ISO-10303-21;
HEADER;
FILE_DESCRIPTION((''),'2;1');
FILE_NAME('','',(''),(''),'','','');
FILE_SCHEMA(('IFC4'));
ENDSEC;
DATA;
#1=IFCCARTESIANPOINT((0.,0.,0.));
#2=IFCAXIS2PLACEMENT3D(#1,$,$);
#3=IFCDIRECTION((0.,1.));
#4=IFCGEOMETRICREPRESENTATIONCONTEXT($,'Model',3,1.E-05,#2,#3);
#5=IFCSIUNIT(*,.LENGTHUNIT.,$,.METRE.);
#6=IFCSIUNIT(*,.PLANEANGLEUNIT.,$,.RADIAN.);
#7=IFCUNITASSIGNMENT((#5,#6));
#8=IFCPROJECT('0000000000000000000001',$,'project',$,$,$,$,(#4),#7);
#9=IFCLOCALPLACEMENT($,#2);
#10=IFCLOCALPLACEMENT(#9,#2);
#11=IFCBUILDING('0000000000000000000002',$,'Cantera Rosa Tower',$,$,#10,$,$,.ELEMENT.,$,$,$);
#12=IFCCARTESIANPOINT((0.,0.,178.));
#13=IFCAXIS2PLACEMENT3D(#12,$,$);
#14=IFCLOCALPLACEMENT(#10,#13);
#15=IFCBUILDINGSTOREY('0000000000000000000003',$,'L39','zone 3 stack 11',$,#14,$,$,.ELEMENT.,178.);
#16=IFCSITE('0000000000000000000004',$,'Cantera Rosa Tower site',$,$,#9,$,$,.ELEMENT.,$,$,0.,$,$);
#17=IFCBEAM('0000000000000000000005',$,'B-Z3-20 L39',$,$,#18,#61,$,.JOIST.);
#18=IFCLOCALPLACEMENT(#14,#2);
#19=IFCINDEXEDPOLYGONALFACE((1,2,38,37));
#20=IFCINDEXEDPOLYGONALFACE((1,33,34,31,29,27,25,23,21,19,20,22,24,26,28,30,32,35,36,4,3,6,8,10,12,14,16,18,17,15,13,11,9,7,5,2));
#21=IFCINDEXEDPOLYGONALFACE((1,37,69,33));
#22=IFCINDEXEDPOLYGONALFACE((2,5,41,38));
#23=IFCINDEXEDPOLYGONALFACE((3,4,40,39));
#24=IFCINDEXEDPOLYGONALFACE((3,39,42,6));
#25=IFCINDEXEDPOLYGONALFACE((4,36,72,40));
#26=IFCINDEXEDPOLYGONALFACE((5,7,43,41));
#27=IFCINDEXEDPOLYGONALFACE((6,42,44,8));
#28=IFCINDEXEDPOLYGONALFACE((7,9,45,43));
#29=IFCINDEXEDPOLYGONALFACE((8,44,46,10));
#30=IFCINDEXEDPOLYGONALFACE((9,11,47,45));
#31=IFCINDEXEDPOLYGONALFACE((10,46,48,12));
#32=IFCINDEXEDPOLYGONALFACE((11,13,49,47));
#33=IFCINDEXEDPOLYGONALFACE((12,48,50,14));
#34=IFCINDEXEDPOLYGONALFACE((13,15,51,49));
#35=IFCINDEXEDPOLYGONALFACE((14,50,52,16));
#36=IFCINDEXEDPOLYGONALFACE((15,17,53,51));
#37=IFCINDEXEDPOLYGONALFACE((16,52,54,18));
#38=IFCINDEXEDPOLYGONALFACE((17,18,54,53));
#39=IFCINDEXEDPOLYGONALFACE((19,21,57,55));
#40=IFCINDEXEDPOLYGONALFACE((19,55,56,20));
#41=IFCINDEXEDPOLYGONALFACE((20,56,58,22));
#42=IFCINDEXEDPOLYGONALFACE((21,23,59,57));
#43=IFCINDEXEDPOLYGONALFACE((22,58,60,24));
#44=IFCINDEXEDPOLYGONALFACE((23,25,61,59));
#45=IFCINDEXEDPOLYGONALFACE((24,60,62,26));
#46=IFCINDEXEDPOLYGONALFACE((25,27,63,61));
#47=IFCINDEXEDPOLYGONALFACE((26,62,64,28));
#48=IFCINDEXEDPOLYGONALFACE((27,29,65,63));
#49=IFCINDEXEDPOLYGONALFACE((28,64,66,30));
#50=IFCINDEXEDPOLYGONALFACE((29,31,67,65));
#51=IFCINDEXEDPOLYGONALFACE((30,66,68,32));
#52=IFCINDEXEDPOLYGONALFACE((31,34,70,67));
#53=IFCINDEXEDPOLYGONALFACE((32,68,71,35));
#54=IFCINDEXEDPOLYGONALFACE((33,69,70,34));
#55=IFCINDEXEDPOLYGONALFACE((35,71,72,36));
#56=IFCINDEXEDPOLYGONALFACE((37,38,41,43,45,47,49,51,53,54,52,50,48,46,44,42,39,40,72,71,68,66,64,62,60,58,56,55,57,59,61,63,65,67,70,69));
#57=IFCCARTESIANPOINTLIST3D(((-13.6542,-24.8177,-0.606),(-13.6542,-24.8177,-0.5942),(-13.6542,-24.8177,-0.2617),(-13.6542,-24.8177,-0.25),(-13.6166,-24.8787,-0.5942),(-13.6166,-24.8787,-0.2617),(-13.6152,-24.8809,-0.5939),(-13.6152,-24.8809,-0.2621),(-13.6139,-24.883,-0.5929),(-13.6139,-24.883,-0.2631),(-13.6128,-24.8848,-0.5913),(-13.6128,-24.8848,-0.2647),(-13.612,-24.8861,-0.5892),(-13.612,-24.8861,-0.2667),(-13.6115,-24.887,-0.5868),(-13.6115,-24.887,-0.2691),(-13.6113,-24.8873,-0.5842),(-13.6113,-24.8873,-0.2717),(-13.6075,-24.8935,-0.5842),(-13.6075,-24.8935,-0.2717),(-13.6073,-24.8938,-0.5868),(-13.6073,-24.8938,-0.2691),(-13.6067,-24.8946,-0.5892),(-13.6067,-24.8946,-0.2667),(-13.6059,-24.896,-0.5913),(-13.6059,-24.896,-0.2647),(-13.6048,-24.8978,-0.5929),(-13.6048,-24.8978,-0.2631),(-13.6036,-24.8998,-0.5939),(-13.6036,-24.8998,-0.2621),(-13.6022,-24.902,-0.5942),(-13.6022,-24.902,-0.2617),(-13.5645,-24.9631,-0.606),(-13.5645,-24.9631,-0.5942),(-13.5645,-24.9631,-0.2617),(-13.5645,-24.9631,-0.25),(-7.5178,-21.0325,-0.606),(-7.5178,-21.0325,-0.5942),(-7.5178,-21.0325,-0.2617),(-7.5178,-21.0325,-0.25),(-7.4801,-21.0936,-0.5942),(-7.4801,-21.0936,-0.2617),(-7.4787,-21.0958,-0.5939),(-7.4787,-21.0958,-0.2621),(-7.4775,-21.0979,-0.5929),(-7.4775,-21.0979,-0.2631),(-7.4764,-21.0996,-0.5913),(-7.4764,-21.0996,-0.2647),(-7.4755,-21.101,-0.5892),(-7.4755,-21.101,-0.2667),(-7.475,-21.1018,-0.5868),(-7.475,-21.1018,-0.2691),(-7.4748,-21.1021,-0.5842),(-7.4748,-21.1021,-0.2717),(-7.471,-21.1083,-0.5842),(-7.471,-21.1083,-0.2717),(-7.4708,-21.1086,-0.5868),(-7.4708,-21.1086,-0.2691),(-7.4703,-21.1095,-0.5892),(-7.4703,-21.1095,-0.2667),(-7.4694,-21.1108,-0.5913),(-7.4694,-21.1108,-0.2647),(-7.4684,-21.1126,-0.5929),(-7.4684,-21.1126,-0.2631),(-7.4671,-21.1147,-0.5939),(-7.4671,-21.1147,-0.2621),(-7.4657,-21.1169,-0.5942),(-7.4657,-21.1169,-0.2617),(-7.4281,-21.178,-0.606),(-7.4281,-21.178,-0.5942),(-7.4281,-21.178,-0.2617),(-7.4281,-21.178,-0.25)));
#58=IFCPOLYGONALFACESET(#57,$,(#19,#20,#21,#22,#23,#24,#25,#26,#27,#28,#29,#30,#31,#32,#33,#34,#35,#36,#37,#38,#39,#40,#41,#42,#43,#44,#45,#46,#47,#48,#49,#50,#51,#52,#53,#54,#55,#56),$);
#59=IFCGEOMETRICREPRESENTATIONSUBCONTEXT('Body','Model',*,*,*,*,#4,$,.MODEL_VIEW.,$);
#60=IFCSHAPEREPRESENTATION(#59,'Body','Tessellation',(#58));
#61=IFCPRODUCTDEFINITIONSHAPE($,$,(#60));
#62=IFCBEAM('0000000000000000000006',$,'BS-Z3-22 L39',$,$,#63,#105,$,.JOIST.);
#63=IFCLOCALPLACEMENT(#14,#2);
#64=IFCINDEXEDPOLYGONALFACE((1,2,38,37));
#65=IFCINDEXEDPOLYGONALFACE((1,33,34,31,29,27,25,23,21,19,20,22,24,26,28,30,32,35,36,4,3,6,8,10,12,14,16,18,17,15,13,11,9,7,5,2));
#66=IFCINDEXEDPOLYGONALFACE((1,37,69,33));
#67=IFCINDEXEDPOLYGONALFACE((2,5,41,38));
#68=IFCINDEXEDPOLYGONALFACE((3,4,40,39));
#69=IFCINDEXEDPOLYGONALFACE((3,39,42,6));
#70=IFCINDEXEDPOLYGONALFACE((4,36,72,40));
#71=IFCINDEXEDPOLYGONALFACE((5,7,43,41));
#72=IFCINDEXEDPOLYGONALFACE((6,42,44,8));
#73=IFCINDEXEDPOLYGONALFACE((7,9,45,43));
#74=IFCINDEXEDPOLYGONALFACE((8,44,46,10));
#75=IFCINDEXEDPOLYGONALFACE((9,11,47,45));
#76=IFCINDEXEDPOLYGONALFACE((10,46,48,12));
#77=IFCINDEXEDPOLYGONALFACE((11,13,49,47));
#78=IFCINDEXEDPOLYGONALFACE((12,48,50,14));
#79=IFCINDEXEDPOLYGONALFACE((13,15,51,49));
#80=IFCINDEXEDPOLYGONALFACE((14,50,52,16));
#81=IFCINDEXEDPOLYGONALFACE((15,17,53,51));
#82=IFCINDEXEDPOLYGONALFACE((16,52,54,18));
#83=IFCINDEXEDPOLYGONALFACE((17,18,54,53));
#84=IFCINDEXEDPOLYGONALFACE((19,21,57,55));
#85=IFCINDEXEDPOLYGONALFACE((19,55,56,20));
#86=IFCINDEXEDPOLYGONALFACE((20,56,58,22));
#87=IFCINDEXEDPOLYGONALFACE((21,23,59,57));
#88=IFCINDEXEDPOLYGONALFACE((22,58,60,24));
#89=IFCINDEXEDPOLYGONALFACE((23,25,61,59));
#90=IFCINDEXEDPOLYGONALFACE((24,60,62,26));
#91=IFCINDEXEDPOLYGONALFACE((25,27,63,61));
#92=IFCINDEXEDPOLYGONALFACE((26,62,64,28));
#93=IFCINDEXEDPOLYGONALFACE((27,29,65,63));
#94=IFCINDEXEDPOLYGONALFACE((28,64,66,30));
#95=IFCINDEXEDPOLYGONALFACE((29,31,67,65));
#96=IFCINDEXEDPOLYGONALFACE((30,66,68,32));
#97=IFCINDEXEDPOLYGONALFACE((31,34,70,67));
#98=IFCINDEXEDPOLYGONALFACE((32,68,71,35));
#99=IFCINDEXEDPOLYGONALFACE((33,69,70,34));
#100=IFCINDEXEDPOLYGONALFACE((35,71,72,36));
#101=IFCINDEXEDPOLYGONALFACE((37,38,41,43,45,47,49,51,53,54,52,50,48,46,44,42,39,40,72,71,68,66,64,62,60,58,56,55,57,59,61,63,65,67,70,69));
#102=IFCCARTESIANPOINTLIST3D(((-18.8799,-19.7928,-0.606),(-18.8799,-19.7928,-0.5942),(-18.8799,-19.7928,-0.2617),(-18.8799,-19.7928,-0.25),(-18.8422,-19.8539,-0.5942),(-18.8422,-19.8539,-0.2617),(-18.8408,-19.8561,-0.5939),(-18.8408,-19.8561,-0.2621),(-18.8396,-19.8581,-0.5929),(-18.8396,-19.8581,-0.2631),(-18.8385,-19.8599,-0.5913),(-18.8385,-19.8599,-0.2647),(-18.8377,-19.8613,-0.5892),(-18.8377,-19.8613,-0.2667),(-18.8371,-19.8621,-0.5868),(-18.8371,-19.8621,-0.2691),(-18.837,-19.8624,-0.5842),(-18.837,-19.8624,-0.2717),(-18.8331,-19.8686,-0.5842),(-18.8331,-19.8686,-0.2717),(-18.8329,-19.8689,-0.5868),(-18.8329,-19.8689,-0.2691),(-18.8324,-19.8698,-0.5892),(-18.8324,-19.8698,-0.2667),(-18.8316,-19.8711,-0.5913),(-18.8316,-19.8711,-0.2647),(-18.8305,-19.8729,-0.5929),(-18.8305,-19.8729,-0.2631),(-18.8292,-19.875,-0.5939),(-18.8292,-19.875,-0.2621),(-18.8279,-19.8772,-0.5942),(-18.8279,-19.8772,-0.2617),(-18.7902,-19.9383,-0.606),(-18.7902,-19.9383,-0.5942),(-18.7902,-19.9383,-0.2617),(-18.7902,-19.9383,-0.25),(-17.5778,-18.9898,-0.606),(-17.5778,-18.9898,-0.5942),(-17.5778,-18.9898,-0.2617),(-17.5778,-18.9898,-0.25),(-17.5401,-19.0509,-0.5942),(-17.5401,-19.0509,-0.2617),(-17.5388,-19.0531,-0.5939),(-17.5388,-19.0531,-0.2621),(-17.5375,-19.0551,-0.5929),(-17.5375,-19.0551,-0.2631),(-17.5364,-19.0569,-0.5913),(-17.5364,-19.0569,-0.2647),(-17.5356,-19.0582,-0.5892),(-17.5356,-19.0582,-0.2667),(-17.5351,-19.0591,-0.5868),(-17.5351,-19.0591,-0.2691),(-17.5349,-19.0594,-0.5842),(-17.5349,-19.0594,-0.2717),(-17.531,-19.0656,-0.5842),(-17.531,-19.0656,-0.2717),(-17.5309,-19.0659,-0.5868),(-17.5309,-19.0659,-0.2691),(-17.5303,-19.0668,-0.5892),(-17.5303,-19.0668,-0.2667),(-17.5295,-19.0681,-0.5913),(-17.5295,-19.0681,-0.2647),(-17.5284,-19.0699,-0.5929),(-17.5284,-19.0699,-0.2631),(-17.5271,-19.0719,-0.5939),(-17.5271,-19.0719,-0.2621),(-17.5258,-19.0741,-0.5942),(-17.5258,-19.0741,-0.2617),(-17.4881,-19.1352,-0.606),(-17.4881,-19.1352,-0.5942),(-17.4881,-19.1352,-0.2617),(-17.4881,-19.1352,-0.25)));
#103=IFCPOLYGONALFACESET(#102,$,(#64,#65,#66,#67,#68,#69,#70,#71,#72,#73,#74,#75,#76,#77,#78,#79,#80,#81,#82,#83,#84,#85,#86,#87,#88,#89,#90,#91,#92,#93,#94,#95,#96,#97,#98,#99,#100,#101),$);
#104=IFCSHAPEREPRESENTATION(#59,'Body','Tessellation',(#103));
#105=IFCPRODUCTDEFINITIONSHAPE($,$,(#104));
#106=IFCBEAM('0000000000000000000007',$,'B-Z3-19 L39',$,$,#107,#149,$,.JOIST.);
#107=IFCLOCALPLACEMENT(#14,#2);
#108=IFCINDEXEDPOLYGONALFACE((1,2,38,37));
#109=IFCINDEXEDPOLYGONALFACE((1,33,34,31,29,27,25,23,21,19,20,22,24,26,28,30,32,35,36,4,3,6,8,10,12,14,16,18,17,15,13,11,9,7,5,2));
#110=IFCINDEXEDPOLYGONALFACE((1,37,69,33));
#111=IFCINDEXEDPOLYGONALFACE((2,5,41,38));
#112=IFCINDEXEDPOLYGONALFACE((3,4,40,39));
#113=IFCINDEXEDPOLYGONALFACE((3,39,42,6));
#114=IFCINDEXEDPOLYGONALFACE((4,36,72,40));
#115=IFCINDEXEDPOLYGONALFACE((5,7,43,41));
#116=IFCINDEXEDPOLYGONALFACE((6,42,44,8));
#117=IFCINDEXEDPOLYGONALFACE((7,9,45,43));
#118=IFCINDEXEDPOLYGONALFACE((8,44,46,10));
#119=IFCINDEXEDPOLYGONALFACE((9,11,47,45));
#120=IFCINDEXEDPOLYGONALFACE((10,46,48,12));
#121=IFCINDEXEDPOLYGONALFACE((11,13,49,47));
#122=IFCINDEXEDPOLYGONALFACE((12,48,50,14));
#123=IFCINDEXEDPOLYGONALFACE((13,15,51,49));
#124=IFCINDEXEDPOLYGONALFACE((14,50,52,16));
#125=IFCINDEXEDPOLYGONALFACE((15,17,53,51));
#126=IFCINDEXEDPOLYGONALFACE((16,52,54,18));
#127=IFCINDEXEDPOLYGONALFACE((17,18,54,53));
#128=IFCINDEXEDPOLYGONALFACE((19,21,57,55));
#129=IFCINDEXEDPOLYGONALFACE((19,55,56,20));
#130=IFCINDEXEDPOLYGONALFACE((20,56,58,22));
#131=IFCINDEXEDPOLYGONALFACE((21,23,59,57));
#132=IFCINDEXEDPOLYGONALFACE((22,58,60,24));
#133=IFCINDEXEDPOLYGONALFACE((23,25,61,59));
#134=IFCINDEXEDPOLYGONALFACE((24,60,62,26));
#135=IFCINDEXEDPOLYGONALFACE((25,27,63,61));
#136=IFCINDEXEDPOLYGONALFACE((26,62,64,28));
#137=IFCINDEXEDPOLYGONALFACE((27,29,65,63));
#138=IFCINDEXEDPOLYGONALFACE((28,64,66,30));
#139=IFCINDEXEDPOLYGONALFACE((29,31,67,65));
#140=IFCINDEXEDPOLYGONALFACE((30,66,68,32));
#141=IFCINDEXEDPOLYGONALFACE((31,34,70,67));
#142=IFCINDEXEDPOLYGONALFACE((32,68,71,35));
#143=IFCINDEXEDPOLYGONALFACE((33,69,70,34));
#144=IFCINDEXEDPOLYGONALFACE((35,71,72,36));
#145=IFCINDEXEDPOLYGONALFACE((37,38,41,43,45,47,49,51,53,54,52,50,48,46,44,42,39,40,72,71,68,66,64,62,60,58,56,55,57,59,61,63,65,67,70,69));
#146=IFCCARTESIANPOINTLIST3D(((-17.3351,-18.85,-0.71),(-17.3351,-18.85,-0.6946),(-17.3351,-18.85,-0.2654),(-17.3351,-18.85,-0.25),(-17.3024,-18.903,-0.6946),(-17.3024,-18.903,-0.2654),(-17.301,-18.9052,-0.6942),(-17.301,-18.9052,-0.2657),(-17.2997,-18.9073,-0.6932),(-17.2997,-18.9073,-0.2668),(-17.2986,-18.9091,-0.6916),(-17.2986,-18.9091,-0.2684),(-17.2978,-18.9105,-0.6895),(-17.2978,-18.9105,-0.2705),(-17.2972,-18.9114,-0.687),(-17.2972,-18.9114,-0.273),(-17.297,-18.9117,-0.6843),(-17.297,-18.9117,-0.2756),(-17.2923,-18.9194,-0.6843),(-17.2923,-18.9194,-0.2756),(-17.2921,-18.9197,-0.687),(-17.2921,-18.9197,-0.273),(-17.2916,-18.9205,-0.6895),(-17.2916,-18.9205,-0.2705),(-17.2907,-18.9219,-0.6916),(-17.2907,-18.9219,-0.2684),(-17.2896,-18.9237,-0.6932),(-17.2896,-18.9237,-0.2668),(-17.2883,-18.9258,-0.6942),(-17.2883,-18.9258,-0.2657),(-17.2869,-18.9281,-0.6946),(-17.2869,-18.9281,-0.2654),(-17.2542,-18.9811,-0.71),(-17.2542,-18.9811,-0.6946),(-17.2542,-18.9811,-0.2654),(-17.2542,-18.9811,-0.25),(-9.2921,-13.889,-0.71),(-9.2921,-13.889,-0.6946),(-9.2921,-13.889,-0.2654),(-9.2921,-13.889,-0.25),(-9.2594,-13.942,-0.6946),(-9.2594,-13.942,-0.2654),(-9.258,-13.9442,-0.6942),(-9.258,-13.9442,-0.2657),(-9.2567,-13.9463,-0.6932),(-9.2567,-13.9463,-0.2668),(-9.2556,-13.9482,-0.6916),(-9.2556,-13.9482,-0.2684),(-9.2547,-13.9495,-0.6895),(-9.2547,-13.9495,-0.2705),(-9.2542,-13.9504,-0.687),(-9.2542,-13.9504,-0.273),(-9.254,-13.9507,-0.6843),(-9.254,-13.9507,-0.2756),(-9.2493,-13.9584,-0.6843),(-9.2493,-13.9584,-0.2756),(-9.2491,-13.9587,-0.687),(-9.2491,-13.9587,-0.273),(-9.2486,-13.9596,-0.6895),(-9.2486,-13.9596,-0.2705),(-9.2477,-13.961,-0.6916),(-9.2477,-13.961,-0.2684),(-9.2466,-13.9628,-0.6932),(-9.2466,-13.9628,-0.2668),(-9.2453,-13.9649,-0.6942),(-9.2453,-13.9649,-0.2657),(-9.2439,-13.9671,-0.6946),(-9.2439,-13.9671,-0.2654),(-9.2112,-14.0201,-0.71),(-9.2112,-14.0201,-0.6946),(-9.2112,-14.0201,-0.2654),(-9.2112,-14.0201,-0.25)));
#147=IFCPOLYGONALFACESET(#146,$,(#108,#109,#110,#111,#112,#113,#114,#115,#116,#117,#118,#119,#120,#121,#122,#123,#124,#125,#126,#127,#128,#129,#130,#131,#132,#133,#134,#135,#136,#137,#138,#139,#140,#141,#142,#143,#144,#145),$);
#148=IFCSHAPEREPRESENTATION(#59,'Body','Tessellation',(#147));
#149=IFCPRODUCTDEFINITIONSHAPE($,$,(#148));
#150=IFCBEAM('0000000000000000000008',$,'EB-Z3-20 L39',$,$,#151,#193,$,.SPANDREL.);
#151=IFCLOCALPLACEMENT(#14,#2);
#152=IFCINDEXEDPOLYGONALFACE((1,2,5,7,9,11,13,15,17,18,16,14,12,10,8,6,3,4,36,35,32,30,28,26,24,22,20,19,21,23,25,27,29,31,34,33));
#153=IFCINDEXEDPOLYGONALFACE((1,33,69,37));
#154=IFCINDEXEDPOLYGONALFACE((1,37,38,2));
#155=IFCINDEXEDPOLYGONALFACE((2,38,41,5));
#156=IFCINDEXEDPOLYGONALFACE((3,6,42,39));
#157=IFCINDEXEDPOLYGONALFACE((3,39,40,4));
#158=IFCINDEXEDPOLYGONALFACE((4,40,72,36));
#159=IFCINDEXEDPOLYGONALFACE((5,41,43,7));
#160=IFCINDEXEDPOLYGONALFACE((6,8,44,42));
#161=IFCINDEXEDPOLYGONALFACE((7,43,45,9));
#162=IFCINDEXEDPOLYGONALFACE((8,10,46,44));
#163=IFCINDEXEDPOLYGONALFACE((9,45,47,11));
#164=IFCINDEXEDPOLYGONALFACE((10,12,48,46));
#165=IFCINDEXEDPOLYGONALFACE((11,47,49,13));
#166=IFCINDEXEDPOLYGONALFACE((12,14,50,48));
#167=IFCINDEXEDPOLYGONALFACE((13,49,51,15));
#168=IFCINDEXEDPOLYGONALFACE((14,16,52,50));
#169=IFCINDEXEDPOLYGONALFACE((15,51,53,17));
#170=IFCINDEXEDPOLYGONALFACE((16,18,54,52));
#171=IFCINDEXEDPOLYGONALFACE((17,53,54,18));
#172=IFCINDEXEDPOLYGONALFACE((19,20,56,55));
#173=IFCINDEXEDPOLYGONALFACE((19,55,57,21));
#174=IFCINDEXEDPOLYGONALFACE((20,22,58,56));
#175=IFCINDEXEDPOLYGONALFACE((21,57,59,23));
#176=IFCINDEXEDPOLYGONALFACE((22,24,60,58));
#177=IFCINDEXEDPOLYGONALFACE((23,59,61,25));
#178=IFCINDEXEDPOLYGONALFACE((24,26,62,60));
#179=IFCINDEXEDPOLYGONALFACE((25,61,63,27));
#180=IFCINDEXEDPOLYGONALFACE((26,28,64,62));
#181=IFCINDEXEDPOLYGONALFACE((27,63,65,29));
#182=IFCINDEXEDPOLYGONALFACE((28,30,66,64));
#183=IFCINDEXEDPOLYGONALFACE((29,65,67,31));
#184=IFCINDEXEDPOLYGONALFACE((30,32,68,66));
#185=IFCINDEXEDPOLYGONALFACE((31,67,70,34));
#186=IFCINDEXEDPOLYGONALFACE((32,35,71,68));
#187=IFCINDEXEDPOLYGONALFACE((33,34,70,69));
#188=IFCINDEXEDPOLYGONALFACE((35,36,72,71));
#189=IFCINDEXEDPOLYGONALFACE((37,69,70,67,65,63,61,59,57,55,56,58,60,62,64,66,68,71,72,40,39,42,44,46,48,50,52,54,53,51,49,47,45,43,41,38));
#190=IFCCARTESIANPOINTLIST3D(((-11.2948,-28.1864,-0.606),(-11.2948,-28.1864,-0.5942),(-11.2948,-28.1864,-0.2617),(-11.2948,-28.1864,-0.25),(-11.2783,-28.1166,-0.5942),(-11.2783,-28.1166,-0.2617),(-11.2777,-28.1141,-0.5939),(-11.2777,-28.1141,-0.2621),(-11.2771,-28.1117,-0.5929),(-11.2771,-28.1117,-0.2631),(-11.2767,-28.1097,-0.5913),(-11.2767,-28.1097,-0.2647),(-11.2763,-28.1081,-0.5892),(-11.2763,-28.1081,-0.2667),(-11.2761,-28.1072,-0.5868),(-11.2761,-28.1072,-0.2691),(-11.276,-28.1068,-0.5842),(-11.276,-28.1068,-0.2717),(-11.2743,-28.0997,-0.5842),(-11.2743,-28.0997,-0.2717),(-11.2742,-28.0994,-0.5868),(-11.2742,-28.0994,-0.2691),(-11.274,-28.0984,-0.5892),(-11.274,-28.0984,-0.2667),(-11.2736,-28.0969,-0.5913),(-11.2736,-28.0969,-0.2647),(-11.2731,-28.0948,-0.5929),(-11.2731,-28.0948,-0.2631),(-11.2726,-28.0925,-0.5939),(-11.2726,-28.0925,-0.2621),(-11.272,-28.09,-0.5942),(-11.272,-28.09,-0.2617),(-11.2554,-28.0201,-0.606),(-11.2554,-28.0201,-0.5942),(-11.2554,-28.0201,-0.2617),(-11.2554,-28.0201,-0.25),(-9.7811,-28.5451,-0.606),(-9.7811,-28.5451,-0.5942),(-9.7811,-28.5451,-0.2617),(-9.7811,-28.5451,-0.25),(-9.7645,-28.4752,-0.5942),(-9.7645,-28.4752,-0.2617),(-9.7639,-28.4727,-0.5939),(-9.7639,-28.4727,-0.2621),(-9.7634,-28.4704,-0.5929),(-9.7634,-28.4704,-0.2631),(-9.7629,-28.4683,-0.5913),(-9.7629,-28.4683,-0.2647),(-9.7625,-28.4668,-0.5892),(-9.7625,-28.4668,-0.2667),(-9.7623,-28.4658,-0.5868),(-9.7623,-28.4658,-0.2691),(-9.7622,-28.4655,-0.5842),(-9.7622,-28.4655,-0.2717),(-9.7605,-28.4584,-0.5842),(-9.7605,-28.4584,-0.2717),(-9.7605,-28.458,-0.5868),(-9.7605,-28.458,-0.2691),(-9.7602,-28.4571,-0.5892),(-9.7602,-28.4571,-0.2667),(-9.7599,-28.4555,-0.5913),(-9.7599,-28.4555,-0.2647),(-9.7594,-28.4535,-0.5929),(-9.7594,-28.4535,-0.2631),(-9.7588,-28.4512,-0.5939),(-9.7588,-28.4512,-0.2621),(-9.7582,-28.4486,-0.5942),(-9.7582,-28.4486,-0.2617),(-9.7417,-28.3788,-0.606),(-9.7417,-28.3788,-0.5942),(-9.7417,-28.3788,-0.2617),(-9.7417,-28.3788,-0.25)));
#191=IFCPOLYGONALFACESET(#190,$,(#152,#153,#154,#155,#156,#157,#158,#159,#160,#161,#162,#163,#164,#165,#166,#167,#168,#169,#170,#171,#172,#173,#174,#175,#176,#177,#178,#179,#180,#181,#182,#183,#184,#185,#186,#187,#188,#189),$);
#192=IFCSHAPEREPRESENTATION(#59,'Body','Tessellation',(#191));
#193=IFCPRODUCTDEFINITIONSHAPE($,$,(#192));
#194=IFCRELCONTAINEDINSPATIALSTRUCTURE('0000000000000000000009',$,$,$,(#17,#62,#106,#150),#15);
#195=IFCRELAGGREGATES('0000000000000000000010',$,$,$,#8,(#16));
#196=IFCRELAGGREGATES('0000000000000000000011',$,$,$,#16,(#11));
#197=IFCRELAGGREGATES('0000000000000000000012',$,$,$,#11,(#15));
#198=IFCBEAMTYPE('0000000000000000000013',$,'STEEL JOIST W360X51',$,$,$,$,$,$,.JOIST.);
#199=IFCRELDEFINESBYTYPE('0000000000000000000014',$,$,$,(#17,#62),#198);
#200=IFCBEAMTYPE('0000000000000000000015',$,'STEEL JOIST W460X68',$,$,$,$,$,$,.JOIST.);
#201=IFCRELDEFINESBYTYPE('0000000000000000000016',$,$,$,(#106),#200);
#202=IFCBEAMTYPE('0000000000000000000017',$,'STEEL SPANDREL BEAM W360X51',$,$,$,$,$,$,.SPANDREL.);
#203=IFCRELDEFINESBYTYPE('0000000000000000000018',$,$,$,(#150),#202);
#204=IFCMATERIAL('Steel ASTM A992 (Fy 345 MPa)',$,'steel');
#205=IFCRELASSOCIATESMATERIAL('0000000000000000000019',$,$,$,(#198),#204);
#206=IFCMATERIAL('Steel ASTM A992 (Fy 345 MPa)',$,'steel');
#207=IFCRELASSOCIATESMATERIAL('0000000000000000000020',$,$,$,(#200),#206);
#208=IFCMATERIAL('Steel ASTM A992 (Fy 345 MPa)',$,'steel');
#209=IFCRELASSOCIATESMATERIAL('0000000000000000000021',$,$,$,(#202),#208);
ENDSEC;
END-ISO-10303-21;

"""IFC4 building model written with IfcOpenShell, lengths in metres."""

from ifc_helpers import new_model, si_unit, direction, frame, origin, origin_2d, place, context, subcontext, project, spatial, i_section, extrude, material, material_profile, profile_set, type_object, element, save


model = new_model("IFC4")

# Units and contexts
model_context = context("Model", 3, precision=1e-05, world=origin(), true_north=direction((0.0, 1.0)))
body_context = subcontext(model_context, "Body", "Model", "MODEL_VIEW")
ifc_project = project(units=[si_unit("LENGTHUNIT", "METRE"), si_unit("PLANEANGLEUNIT", "RADIAN")], contexts=[model_context])

# Site, building, storey
site_placement = place(None, origin())
site = spatial("IfcSite", under=ifc_project, at=site_placement, Name="Cantera Rosa Tower site", CompositionType="ELEMENT", RefElevation=0.0)
building_placement = place(site_placement, origin())
building = spatial("IfcBuilding", under=site, at=building_placement, Name="Cantera Rosa Tower", CompositionType="ELEMENT")
storey_placement = place(building_placement, frame((0.0, 0.0, 178.0)))
storey = spatial("IfcBuildingStorey", under=building, at=storey_placement, Name="L39", Description="zone 3 stack 11", CompositionType="ELEMENT", Elevation=178.0)

# Beams
ifc_material_1 = material(Name="Steel ASTM A992 (Fy 345 MPa)", Category="steel")
ifc_material_profile_1 = material_profile(ifc_material_1, i_section(OverallWidth=0.1709, OverallDepth=0.356, WebThickness=0.0073, FlangeThickness=0.0117, FilletRadius=0.01, at=origin_2d()), Name="W360X51")
ifc_profile_set_1 = profile_set([ifc_material_profile_1], Name="Steel ASTM A992 (Fy 345 MPa)")
beam_type_1 = type_object("IfcBeamType", Name="STEEL JOIST W360X51", PredefinedType="JOIST", material=ifc_profile_set_1)
beam_1_placement = place(storey_placement, frame((-13.6094, -24.8904, -0.428), z_axis=(0.851109, 0.524989, 0.0), x_axis=(-0.524989, 0.851109, 0.0)))
element("IfcBeam", 1, at=beam_1_placement, inside=storey, type_object=beam_type_1, Name="B-Z3-20 L39", PredefinedType="JOIST", context=body_context, shape_type="SweptSolid", body=[
    extrude(i_section(OverallWidth=0.1709, OverallDepth=0.356, WebThickness=0.0073, FlangeThickness=0.0117, FilletRadius=0.01, at=origin_2d()), origin(), (0.0, 0.0, 1.0), 7.21),
])
beam_2_placement = place(storey_placement, frame((-17.533, -19.0625, -0.428), z_axis=(-0.851148, -0.524925, 0.0), x_axis=(0.524925, -0.851148, 0.0)))
element("IfcBeam", 2, at=beam_2_placement, inside=storey, type_object=beam_type_1, Name="BS-Z3-22 L39", PredefinedType="JOIST", context=body_context, shape_type="SweptSolid", body=[
    extrude(i_section(OverallWidth=0.1709, OverallDepth=0.356, WebThickness=0.0073, FlangeThickness=0.0117, FilletRadius=0.01, at=origin_2d()), origin(), (0.0, 0.0, 1.0), 1.5298),
])
ifc_material_2 = material(Name="Steel ASTM A992 (Fy 345 MPa)", Category="steel")
ifc_material_profile_2 = material_profile(ifc_material_2, i_section(OverallWidth=0.1541, OverallDepth=0.46, WebThickness=0.009, FlangeThickness=0.0154, FilletRadius=0.0103, at=origin_2d()), Name="W460X68")
ifc_profile_set_2 = profile_set([ifc_material_profile_2], Name="Steel ASTM A992 (Fy 345 MPa)")
beam_type_2 = type_object("IfcBeamType", Name="STEEL JOIST W460X68", PredefinedType="JOIST", material=ifc_profile_set_2)
beam_3_placement = place(storey_placement, frame((-17.2947, -18.9155, -0.48), z_axis=(0.851119, 0.524974, 0.0), x_axis=(-0.524974, 0.851119, 0.0)))
element("IfcBeam", 3, at=beam_3_placement, inside=storey, type_object=beam_type_2, Name="B-Z3-19 L39", PredefinedType="JOIST", context=body_context, shape_type="SweptSolid", body=[
    extrude(i_section(OverallWidth=0.1541, OverallDepth=0.46, WebThickness=0.009, FlangeThickness=0.0154, FilletRadius=0.0103, at=origin_2d()), origin(), (0.0, 0.0, 1.0), 9.45),
])
ifc_material_3 = material(Name="Steel ASTM A992 (Fy 345 MPa)", Category="steel")
ifc_material_profile_3 = material_profile(ifc_material_3, i_section(OverallWidth=0.1709, OverallDepth=0.356, WebThickness=0.0073, FlangeThickness=0.0117, FilletRadius=0.01, at=origin_2d()), Name="W360X51")
ifc_profile_set_3 = profile_set([ifc_material_profile_3], Name="Steel ASTM A992 (Fy 345 MPa)")
beam_type_3 = type_object("IfcBeamType", Name="STEEL SPANDREL BEAM W360X51", PredefinedType="SPANDREL", material=ifc_profile_set_3)
beam_4_placement = place(storey_placement, frame((-11.2751, -28.1033, -0.428), z_axis=(0.97306, -0.230552, 0.0), x_axis=(0.230552, 0.97306, 0.0)))
element("IfcBeam", 4, at=beam_4_placement, inside=storey, type_object=beam_type_3, Name="EB-Z3-20 L39", PredefinedType="SPANDREL", context=body_context, shape_type="SweptSolid", body=[
    extrude(i_section(OverallWidth=0.1709, OverallDepth=0.356, WebThickness=0.0073, FlangeThickness=0.0117, FilletRadius=0.01, at=origin_2d()), origin(), (0.0, 0.0, 1.0), 1.5557),
])

save(model, "model.ifc")
